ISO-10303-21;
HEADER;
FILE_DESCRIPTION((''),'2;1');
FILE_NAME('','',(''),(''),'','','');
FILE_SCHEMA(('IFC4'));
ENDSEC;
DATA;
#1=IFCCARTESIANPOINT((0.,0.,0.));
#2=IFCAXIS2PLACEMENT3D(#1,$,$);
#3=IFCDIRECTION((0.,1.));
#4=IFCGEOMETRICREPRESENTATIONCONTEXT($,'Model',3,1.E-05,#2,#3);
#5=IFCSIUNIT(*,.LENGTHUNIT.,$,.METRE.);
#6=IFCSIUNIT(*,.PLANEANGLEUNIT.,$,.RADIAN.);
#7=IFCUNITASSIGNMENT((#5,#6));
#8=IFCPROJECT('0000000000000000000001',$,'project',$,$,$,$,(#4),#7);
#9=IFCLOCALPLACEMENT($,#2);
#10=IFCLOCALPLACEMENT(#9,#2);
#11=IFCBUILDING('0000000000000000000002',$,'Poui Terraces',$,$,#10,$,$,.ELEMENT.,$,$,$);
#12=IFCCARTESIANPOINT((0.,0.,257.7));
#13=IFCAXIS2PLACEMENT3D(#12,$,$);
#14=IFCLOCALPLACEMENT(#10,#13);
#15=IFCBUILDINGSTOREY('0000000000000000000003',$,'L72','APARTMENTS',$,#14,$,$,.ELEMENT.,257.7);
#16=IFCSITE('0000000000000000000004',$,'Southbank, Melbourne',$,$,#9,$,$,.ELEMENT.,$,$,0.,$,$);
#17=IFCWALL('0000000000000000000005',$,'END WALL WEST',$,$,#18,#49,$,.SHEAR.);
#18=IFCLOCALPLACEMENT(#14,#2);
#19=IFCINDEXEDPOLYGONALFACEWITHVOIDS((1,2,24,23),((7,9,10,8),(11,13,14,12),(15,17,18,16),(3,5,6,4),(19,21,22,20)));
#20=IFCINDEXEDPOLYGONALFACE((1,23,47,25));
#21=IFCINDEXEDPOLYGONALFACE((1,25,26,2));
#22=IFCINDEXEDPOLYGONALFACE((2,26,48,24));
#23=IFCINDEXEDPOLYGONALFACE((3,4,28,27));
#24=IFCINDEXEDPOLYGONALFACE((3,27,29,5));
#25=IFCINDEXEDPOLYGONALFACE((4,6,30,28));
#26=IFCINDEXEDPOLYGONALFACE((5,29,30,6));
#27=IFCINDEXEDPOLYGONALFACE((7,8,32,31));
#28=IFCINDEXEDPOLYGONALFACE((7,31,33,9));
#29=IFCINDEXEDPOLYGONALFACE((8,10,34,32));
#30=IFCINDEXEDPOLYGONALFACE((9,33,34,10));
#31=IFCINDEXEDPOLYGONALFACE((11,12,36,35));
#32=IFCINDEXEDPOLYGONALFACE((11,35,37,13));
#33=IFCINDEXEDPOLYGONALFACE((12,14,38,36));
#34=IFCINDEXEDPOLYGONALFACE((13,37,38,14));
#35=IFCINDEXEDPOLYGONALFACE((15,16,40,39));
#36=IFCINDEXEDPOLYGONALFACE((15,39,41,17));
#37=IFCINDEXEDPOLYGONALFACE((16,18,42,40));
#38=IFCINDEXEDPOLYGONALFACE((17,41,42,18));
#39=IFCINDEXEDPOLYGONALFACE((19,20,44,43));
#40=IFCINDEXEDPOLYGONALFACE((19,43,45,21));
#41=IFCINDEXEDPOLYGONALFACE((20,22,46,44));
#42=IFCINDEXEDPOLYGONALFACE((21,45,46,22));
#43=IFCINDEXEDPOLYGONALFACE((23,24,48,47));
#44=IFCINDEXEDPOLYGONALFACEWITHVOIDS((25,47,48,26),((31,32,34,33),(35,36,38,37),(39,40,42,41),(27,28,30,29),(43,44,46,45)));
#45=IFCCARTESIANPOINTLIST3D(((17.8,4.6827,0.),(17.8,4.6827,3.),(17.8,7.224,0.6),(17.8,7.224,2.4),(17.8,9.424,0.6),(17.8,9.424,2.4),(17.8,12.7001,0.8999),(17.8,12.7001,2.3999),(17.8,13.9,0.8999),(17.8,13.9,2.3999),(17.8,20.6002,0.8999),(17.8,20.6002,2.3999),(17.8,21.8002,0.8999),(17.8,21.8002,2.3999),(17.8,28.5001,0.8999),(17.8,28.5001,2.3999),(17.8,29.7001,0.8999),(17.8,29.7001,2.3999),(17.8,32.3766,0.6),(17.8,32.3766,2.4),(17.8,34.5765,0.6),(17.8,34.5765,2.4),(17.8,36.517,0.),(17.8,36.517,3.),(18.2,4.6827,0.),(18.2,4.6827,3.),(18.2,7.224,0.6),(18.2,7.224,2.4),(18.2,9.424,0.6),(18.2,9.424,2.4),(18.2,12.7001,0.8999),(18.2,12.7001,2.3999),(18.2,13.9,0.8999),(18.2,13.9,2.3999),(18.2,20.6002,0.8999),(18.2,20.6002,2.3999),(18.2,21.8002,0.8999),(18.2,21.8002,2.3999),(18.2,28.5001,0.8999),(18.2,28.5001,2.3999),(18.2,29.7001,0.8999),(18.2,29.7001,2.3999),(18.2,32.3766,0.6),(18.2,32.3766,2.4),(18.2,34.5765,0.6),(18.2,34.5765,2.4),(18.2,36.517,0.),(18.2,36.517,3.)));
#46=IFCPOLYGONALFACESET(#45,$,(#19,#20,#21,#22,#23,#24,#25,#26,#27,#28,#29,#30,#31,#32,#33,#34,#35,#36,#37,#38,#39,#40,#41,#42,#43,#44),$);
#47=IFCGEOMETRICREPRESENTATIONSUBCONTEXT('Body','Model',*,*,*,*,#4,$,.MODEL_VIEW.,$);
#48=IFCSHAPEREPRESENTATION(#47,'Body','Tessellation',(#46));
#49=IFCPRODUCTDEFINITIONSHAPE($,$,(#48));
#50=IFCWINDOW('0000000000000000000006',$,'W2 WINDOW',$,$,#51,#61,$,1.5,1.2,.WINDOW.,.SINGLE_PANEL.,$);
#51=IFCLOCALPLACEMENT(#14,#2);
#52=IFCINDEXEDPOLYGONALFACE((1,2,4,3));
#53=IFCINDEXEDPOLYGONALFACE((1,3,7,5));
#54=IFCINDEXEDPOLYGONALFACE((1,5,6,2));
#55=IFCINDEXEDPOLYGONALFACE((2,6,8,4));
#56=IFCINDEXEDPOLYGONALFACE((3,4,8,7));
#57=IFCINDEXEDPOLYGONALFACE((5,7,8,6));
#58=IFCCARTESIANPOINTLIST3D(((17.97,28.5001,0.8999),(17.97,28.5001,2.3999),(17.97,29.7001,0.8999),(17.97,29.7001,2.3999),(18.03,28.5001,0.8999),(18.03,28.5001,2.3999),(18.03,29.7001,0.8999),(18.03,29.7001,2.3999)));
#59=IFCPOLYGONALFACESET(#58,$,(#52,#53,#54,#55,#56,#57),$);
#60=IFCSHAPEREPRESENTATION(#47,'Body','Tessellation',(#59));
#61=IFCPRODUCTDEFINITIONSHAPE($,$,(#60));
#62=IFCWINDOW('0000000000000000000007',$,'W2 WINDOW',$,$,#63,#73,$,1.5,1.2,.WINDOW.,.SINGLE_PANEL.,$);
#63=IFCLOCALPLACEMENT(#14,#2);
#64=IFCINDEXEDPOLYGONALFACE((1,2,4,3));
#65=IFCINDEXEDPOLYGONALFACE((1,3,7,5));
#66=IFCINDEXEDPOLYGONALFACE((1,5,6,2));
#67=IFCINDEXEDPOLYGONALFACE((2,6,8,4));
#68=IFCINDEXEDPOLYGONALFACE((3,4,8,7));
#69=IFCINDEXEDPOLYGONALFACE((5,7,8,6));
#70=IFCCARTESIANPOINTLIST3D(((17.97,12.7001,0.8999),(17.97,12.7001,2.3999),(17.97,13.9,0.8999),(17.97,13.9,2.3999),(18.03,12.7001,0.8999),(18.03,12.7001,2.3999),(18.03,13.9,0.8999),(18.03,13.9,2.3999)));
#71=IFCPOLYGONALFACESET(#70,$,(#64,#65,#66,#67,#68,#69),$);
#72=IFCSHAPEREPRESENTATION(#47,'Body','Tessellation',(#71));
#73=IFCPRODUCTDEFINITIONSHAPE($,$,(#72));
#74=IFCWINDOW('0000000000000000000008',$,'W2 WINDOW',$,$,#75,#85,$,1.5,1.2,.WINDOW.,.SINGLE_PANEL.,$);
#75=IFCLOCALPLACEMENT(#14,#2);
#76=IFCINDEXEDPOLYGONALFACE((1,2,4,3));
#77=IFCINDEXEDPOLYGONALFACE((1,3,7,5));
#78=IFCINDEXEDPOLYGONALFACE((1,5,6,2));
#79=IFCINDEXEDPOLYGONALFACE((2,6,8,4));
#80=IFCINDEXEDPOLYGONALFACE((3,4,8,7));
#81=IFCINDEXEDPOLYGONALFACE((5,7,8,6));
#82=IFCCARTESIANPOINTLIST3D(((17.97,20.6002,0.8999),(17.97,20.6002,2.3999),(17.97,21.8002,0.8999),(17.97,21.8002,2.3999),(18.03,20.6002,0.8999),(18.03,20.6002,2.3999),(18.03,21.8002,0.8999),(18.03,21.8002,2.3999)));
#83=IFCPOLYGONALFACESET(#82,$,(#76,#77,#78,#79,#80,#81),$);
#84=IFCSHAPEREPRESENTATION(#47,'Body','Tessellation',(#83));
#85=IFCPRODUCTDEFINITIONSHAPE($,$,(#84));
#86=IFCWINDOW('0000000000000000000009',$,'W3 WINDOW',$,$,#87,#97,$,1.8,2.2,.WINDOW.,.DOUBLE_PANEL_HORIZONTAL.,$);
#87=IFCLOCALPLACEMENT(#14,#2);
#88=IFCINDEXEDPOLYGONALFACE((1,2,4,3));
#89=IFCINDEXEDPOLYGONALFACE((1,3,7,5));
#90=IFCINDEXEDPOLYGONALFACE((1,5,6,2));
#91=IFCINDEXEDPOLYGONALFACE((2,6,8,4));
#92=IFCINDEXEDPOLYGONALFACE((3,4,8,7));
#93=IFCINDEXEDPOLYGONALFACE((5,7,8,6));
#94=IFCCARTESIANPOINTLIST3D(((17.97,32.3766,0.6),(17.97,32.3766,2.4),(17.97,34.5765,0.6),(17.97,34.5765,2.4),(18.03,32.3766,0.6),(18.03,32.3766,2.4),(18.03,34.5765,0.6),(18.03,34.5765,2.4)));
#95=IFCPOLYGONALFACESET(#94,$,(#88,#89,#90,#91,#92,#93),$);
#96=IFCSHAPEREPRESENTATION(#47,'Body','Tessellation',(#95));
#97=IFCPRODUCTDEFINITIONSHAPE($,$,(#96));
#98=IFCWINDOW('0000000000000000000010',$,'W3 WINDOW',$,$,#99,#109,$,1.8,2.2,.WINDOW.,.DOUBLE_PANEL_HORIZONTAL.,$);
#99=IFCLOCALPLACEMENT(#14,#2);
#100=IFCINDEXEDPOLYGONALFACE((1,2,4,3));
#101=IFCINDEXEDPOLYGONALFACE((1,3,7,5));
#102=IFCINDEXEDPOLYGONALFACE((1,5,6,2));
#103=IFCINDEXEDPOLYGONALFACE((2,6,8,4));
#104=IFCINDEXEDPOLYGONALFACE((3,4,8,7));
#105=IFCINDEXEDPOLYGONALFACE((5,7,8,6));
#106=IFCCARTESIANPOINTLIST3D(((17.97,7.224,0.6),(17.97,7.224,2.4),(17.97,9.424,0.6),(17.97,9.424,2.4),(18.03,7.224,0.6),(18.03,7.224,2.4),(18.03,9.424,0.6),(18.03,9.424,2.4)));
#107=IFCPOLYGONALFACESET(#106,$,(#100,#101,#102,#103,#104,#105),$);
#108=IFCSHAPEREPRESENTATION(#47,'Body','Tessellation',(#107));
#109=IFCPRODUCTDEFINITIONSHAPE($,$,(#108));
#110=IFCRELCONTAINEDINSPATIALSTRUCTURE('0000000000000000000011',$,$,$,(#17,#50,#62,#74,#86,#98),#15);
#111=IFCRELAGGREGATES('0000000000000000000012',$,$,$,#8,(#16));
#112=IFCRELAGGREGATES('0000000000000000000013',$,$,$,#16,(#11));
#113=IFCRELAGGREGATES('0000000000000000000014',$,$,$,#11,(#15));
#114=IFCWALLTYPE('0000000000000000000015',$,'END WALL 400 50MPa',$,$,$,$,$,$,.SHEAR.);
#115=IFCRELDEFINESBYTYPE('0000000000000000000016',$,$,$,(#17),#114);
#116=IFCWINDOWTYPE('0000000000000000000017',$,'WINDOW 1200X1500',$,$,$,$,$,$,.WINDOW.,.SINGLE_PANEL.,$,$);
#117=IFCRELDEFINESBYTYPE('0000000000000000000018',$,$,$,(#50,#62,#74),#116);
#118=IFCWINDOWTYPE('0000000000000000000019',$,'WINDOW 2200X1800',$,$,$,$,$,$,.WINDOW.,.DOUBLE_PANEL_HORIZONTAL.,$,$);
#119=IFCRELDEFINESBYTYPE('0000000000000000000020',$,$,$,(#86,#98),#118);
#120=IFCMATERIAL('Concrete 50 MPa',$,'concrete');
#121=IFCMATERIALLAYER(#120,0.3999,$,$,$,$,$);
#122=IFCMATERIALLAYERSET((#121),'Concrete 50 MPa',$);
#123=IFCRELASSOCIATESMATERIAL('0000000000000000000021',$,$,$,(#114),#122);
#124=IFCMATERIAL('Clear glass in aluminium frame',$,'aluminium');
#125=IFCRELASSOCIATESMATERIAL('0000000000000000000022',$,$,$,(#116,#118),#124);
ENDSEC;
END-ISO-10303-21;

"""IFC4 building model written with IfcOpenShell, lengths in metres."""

from ifc_helpers import new_model, si_unit, direction, frame, frame_2d, origin, place, context, subcontext, project, spatial, rectangle, extrude, material, layer, layer_set, type_object, element, fill, save


model = new_model("IFC4")

# Units and contexts
model_context = context("Model", 3, precision=1e-05, world=origin(), true_north=direction((0.0, 1.0)))
body_context = subcontext(model_context, "Body", "Model", "MODEL_VIEW")
ifc_project = project(units=[si_unit("LENGTHUNIT", "METRE"), si_unit("PLANEANGLEUNIT", "RADIAN")], contexts=[model_context])

# Site, building, storey
site_placement = place(None, origin())
site = spatial("IfcSite", under=ifc_project, at=site_placement, Name="Southbank, Melbourne", CompositionType="ELEMENT", RefElevation=0.0)
building_placement = place(site_placement, origin())
building = spatial("IfcBuilding", under=site, at=building_placement, Name="Poui Terraces", CompositionType="ELEMENT")
storey_placement = place(building_placement, frame((0.0, 0.0, 257.7)))
storey = spatial("IfcBuildingStorey", under=building, at=storey_placement, Name="L72", Description="APARTMENTS", CompositionType="ELEMENT", Elevation=257.7)

# Shared definitions
ifc_material_1 = material(Name="Concrete 50 MPa", Category="concrete")

# Wall, openings, windows
ifc_layer_1 = layer(ifc_material_1, 0.3999)
ifc_layer_set_1 = layer_set([ifc_layer_1], Name="Concrete 50 MPa")
wall_type_1 = type_object("IfcWallType", Name="END WALL 400 50MPa", PredefinedType="SHEAR", material=ifc_layer_set_1)
wall_1_placement = place(storey_placement, frame((18.0, 4.6829, 0.0), z_axis=(0.0, 0.0, 1.0), x_axis=(0.0, 1.0, 0.0)))
wall_1 = element("IfcWall", 1, at=wall_1_placement, inside=storey, type_object=wall_type_1, Name="END WALL WEST", PredefinedType="SHEAR", context=body_context, shape_type="SweptSolid", body=[
    extrude(rectangle(XDim=31.8342, YDim=0.3999, at=frame_2d((15.917, 0.0))), origin(), (0.0, 0.0, 1.0), 3.0),
])
opening_1_placement = place(wall_1_placement, frame((23.8171, 0.0, 0.8999)))
opening_1 = element("IfcOpeningElement", 2, at=opening_1_placement, cuts=wall_1, PredefinedType="OPENING", context=body_context, shape_type="SweptSolid", body=[
    extrude(rectangle(XDim=1.2, YDim=1.5, at=frame_2d((0.6001, 0.75))), frame((0.0, 0.21, 0.0), z_axis=(0.0, -1.0, 0.0), x_axis=(1.0, 0.0, 0.0)), (0.0, 0.0, 1.0), 0.4199),
])
opening_2_placement = place(wall_1_placement, frame((8.0171, 0.0, 0.8999)))
opening_2 = element("IfcOpeningElement", 3, at=opening_2_placement, cuts=wall_1, PredefinedType="OPENING", context=body_context, shape_type="SweptSolid", body=[
    extrude(rectangle(XDim=1.2, YDim=1.5, at=frame_2d((0.6001, 0.75))), frame((0.0, 0.21, 0.0), z_axis=(0.0, -1.0, 0.0), x_axis=(1.0, 0.0, 0.0)), (0.0, 0.0, 1.0), 0.4199),
])
opening_3_placement = place(wall_1_placement, frame((27.6936, 0.0, 0.6001)))
opening_3 = element("IfcOpeningElement", 4, at=opening_3_placement, cuts=wall_1, PredefinedType="OPENING", context=body_context, shape_type="SweptSolid", body=[
    extrude(rectangle(XDim=2.2, YDim=1.8, at=frame_2d((1.1001, 0.8999))), frame((0.0, 0.21, 0.0), z_axis=(0.0, -1.0, 0.0), x_axis=(1.0, 0.0, 0.0)), (0.0, 0.0, 1.0), 0.4199),
])
opening_4_placement = place(wall_1_placement, frame((2.541, 0.0, 0.6001)))
opening_4 = element("IfcOpeningElement", 5, at=opening_4_placement, cuts=wall_1, PredefinedType="OPENING", context=body_context, shape_type="SweptSolid", body=[
    extrude(rectangle(XDim=2.2, YDim=1.8, at=frame_2d((1.1001, 0.8999))), frame((0.0, 0.21, 0.0), z_axis=(0.0, -1.0, 0.0), x_axis=(1.0, 0.0, 0.0)), (0.0, 0.0, 1.0), 0.4199),
])
opening_5_placement = place(wall_1_placement, frame((15.9172, 0.0, 0.8999)))
opening_5 = element("IfcOpeningElement", 6, at=opening_5_placement, cuts=wall_1, PredefinedType="OPENING", context=body_context, shape_type="SweptSolid", body=[
    extrude(rectangle(XDim=1.2, YDim=1.5, at=frame_2d((0.6001, 0.75))), frame((0.0, 0.21, 0.0), z_axis=(0.0, -1.0, 0.0), x_axis=(1.0, 0.0, 0.0)), (0.0, 0.0, 1.0), 0.4199),
])
ifc_material_2 = material(Name="Clear glass in aluminium frame", Category="aluminium")
window_type_1 = type_object("IfcWindowType", Name="WINDOW 1200X1500", PartitioningType="SINGLE_PANEL", PredefinedType="WINDOW", material=ifc_material_2)
window_1_placement = place(opening_1_placement, origin())
window_1 = element("IfcWindow", 7, at=window_1_placement, inside=storey, type_object=window_type_1, Name="W2 WINDOW", OverallHeight=1.5, OverallWidth=1.2, PartitioningType="SINGLE_PANEL", PredefinedType="WINDOW", context=body_context, shape_type="SweptSolid", body=[
    extrude(rectangle(XDim=1.2, YDim=1.5, at=frame_2d((0.6001, 0.75))), frame((0.0, 0.03, 0.0), z_axis=(0.0, -1.0, 0.0), x_axis=(1.0, 0.0, 0.0)), (0.0, 0.0, 1.0), 0.0601),
])
fill(opening_1, window_1)
window_2_placement = place(opening_2_placement, origin())
window_2 = element("IfcWindow", 8, at=window_2_placement, inside=storey, type_object=window_type_1, Name="W2 WINDOW", OverallHeight=1.5, OverallWidth=1.2, PartitioningType="SINGLE_PANEL", PredefinedType="WINDOW", context=body_context, shape_type="SweptSolid", body=[
    extrude(rectangle(XDim=1.2, YDim=1.5, at=frame_2d((0.6001, 0.75))), frame((0.0, 0.03, 0.0), z_axis=(0.0, -1.0, 0.0), x_axis=(1.0, 0.0, 0.0)), (0.0, 0.0, 1.0), 0.0601),
])
fill(opening_2, window_2)
window_3_placement = place(opening_5_placement, origin())
window_3 = element("IfcWindow", 9, at=window_3_placement, inside=storey, type_object=window_type_1, Name="W2 WINDOW", OverallHeight=1.5, OverallWidth=1.2, PartitioningType="SINGLE_PANEL", PredefinedType="WINDOW", context=body_context, shape_type="SweptSolid", body=[
    extrude(rectangle(XDim=1.2, YDim=1.5, at=frame_2d((0.6001, 0.75))), frame((0.0, 0.03, 0.0), z_axis=(0.0, -1.0, 0.0), x_axis=(1.0, 0.0, 0.0)), (0.0, 0.0, 1.0), 0.0601),
])
fill(opening_5, window_3)
window_type_2 = type_object("IfcWindowType", Name="WINDOW 2200X1800", PartitioningType="DOUBLE_PANEL_HORIZONTAL", PredefinedType="WINDOW", material=ifc_material_2)
window_4_placement = place(opening_3_placement, origin())
window_4 = element("IfcWindow", 10, at=window_4_placement, inside=storey, type_object=window_type_2, Name="W3 WINDOW", OverallHeight=1.8, OverallWidth=2.2, PartitioningType="DOUBLE_PANEL_HORIZONTAL", PredefinedType="WINDOW", context=body_context, shape_type="SweptSolid", body=[
    extrude(rectangle(XDim=2.2, YDim=1.8, at=frame_2d((1.1001, 0.8999))), frame((0.0, 0.03, 0.0), z_axis=(0.0, -1.0, 0.0), x_axis=(1.0, 0.0, 0.0)), (0.0, 0.0, 1.0), 0.0601),
])
fill(opening_3, window_4)
window_5_placement = place(opening_4_placement, origin())
window_5 = element("IfcWindow", 11, at=window_5_placement, inside=storey, type_object=window_type_2, Name="W3 WINDOW", OverallHeight=1.8, OverallWidth=2.2, PartitioningType="DOUBLE_PANEL_HORIZONTAL", PredefinedType="WINDOW", context=body_context, shape_type="SweptSolid", body=[
    extrude(rectangle(XDim=2.2, YDim=1.8, at=frame_2d((1.1001, 0.8999))), frame((0.0, 0.03, 0.0), z_axis=(0.0, -1.0, 0.0), x_axis=(1.0, 0.0, 0.0)), (0.0, 0.0, 1.0), 0.0601),
])
fill(opening_4, window_5)

save(model, "model.ifc")
